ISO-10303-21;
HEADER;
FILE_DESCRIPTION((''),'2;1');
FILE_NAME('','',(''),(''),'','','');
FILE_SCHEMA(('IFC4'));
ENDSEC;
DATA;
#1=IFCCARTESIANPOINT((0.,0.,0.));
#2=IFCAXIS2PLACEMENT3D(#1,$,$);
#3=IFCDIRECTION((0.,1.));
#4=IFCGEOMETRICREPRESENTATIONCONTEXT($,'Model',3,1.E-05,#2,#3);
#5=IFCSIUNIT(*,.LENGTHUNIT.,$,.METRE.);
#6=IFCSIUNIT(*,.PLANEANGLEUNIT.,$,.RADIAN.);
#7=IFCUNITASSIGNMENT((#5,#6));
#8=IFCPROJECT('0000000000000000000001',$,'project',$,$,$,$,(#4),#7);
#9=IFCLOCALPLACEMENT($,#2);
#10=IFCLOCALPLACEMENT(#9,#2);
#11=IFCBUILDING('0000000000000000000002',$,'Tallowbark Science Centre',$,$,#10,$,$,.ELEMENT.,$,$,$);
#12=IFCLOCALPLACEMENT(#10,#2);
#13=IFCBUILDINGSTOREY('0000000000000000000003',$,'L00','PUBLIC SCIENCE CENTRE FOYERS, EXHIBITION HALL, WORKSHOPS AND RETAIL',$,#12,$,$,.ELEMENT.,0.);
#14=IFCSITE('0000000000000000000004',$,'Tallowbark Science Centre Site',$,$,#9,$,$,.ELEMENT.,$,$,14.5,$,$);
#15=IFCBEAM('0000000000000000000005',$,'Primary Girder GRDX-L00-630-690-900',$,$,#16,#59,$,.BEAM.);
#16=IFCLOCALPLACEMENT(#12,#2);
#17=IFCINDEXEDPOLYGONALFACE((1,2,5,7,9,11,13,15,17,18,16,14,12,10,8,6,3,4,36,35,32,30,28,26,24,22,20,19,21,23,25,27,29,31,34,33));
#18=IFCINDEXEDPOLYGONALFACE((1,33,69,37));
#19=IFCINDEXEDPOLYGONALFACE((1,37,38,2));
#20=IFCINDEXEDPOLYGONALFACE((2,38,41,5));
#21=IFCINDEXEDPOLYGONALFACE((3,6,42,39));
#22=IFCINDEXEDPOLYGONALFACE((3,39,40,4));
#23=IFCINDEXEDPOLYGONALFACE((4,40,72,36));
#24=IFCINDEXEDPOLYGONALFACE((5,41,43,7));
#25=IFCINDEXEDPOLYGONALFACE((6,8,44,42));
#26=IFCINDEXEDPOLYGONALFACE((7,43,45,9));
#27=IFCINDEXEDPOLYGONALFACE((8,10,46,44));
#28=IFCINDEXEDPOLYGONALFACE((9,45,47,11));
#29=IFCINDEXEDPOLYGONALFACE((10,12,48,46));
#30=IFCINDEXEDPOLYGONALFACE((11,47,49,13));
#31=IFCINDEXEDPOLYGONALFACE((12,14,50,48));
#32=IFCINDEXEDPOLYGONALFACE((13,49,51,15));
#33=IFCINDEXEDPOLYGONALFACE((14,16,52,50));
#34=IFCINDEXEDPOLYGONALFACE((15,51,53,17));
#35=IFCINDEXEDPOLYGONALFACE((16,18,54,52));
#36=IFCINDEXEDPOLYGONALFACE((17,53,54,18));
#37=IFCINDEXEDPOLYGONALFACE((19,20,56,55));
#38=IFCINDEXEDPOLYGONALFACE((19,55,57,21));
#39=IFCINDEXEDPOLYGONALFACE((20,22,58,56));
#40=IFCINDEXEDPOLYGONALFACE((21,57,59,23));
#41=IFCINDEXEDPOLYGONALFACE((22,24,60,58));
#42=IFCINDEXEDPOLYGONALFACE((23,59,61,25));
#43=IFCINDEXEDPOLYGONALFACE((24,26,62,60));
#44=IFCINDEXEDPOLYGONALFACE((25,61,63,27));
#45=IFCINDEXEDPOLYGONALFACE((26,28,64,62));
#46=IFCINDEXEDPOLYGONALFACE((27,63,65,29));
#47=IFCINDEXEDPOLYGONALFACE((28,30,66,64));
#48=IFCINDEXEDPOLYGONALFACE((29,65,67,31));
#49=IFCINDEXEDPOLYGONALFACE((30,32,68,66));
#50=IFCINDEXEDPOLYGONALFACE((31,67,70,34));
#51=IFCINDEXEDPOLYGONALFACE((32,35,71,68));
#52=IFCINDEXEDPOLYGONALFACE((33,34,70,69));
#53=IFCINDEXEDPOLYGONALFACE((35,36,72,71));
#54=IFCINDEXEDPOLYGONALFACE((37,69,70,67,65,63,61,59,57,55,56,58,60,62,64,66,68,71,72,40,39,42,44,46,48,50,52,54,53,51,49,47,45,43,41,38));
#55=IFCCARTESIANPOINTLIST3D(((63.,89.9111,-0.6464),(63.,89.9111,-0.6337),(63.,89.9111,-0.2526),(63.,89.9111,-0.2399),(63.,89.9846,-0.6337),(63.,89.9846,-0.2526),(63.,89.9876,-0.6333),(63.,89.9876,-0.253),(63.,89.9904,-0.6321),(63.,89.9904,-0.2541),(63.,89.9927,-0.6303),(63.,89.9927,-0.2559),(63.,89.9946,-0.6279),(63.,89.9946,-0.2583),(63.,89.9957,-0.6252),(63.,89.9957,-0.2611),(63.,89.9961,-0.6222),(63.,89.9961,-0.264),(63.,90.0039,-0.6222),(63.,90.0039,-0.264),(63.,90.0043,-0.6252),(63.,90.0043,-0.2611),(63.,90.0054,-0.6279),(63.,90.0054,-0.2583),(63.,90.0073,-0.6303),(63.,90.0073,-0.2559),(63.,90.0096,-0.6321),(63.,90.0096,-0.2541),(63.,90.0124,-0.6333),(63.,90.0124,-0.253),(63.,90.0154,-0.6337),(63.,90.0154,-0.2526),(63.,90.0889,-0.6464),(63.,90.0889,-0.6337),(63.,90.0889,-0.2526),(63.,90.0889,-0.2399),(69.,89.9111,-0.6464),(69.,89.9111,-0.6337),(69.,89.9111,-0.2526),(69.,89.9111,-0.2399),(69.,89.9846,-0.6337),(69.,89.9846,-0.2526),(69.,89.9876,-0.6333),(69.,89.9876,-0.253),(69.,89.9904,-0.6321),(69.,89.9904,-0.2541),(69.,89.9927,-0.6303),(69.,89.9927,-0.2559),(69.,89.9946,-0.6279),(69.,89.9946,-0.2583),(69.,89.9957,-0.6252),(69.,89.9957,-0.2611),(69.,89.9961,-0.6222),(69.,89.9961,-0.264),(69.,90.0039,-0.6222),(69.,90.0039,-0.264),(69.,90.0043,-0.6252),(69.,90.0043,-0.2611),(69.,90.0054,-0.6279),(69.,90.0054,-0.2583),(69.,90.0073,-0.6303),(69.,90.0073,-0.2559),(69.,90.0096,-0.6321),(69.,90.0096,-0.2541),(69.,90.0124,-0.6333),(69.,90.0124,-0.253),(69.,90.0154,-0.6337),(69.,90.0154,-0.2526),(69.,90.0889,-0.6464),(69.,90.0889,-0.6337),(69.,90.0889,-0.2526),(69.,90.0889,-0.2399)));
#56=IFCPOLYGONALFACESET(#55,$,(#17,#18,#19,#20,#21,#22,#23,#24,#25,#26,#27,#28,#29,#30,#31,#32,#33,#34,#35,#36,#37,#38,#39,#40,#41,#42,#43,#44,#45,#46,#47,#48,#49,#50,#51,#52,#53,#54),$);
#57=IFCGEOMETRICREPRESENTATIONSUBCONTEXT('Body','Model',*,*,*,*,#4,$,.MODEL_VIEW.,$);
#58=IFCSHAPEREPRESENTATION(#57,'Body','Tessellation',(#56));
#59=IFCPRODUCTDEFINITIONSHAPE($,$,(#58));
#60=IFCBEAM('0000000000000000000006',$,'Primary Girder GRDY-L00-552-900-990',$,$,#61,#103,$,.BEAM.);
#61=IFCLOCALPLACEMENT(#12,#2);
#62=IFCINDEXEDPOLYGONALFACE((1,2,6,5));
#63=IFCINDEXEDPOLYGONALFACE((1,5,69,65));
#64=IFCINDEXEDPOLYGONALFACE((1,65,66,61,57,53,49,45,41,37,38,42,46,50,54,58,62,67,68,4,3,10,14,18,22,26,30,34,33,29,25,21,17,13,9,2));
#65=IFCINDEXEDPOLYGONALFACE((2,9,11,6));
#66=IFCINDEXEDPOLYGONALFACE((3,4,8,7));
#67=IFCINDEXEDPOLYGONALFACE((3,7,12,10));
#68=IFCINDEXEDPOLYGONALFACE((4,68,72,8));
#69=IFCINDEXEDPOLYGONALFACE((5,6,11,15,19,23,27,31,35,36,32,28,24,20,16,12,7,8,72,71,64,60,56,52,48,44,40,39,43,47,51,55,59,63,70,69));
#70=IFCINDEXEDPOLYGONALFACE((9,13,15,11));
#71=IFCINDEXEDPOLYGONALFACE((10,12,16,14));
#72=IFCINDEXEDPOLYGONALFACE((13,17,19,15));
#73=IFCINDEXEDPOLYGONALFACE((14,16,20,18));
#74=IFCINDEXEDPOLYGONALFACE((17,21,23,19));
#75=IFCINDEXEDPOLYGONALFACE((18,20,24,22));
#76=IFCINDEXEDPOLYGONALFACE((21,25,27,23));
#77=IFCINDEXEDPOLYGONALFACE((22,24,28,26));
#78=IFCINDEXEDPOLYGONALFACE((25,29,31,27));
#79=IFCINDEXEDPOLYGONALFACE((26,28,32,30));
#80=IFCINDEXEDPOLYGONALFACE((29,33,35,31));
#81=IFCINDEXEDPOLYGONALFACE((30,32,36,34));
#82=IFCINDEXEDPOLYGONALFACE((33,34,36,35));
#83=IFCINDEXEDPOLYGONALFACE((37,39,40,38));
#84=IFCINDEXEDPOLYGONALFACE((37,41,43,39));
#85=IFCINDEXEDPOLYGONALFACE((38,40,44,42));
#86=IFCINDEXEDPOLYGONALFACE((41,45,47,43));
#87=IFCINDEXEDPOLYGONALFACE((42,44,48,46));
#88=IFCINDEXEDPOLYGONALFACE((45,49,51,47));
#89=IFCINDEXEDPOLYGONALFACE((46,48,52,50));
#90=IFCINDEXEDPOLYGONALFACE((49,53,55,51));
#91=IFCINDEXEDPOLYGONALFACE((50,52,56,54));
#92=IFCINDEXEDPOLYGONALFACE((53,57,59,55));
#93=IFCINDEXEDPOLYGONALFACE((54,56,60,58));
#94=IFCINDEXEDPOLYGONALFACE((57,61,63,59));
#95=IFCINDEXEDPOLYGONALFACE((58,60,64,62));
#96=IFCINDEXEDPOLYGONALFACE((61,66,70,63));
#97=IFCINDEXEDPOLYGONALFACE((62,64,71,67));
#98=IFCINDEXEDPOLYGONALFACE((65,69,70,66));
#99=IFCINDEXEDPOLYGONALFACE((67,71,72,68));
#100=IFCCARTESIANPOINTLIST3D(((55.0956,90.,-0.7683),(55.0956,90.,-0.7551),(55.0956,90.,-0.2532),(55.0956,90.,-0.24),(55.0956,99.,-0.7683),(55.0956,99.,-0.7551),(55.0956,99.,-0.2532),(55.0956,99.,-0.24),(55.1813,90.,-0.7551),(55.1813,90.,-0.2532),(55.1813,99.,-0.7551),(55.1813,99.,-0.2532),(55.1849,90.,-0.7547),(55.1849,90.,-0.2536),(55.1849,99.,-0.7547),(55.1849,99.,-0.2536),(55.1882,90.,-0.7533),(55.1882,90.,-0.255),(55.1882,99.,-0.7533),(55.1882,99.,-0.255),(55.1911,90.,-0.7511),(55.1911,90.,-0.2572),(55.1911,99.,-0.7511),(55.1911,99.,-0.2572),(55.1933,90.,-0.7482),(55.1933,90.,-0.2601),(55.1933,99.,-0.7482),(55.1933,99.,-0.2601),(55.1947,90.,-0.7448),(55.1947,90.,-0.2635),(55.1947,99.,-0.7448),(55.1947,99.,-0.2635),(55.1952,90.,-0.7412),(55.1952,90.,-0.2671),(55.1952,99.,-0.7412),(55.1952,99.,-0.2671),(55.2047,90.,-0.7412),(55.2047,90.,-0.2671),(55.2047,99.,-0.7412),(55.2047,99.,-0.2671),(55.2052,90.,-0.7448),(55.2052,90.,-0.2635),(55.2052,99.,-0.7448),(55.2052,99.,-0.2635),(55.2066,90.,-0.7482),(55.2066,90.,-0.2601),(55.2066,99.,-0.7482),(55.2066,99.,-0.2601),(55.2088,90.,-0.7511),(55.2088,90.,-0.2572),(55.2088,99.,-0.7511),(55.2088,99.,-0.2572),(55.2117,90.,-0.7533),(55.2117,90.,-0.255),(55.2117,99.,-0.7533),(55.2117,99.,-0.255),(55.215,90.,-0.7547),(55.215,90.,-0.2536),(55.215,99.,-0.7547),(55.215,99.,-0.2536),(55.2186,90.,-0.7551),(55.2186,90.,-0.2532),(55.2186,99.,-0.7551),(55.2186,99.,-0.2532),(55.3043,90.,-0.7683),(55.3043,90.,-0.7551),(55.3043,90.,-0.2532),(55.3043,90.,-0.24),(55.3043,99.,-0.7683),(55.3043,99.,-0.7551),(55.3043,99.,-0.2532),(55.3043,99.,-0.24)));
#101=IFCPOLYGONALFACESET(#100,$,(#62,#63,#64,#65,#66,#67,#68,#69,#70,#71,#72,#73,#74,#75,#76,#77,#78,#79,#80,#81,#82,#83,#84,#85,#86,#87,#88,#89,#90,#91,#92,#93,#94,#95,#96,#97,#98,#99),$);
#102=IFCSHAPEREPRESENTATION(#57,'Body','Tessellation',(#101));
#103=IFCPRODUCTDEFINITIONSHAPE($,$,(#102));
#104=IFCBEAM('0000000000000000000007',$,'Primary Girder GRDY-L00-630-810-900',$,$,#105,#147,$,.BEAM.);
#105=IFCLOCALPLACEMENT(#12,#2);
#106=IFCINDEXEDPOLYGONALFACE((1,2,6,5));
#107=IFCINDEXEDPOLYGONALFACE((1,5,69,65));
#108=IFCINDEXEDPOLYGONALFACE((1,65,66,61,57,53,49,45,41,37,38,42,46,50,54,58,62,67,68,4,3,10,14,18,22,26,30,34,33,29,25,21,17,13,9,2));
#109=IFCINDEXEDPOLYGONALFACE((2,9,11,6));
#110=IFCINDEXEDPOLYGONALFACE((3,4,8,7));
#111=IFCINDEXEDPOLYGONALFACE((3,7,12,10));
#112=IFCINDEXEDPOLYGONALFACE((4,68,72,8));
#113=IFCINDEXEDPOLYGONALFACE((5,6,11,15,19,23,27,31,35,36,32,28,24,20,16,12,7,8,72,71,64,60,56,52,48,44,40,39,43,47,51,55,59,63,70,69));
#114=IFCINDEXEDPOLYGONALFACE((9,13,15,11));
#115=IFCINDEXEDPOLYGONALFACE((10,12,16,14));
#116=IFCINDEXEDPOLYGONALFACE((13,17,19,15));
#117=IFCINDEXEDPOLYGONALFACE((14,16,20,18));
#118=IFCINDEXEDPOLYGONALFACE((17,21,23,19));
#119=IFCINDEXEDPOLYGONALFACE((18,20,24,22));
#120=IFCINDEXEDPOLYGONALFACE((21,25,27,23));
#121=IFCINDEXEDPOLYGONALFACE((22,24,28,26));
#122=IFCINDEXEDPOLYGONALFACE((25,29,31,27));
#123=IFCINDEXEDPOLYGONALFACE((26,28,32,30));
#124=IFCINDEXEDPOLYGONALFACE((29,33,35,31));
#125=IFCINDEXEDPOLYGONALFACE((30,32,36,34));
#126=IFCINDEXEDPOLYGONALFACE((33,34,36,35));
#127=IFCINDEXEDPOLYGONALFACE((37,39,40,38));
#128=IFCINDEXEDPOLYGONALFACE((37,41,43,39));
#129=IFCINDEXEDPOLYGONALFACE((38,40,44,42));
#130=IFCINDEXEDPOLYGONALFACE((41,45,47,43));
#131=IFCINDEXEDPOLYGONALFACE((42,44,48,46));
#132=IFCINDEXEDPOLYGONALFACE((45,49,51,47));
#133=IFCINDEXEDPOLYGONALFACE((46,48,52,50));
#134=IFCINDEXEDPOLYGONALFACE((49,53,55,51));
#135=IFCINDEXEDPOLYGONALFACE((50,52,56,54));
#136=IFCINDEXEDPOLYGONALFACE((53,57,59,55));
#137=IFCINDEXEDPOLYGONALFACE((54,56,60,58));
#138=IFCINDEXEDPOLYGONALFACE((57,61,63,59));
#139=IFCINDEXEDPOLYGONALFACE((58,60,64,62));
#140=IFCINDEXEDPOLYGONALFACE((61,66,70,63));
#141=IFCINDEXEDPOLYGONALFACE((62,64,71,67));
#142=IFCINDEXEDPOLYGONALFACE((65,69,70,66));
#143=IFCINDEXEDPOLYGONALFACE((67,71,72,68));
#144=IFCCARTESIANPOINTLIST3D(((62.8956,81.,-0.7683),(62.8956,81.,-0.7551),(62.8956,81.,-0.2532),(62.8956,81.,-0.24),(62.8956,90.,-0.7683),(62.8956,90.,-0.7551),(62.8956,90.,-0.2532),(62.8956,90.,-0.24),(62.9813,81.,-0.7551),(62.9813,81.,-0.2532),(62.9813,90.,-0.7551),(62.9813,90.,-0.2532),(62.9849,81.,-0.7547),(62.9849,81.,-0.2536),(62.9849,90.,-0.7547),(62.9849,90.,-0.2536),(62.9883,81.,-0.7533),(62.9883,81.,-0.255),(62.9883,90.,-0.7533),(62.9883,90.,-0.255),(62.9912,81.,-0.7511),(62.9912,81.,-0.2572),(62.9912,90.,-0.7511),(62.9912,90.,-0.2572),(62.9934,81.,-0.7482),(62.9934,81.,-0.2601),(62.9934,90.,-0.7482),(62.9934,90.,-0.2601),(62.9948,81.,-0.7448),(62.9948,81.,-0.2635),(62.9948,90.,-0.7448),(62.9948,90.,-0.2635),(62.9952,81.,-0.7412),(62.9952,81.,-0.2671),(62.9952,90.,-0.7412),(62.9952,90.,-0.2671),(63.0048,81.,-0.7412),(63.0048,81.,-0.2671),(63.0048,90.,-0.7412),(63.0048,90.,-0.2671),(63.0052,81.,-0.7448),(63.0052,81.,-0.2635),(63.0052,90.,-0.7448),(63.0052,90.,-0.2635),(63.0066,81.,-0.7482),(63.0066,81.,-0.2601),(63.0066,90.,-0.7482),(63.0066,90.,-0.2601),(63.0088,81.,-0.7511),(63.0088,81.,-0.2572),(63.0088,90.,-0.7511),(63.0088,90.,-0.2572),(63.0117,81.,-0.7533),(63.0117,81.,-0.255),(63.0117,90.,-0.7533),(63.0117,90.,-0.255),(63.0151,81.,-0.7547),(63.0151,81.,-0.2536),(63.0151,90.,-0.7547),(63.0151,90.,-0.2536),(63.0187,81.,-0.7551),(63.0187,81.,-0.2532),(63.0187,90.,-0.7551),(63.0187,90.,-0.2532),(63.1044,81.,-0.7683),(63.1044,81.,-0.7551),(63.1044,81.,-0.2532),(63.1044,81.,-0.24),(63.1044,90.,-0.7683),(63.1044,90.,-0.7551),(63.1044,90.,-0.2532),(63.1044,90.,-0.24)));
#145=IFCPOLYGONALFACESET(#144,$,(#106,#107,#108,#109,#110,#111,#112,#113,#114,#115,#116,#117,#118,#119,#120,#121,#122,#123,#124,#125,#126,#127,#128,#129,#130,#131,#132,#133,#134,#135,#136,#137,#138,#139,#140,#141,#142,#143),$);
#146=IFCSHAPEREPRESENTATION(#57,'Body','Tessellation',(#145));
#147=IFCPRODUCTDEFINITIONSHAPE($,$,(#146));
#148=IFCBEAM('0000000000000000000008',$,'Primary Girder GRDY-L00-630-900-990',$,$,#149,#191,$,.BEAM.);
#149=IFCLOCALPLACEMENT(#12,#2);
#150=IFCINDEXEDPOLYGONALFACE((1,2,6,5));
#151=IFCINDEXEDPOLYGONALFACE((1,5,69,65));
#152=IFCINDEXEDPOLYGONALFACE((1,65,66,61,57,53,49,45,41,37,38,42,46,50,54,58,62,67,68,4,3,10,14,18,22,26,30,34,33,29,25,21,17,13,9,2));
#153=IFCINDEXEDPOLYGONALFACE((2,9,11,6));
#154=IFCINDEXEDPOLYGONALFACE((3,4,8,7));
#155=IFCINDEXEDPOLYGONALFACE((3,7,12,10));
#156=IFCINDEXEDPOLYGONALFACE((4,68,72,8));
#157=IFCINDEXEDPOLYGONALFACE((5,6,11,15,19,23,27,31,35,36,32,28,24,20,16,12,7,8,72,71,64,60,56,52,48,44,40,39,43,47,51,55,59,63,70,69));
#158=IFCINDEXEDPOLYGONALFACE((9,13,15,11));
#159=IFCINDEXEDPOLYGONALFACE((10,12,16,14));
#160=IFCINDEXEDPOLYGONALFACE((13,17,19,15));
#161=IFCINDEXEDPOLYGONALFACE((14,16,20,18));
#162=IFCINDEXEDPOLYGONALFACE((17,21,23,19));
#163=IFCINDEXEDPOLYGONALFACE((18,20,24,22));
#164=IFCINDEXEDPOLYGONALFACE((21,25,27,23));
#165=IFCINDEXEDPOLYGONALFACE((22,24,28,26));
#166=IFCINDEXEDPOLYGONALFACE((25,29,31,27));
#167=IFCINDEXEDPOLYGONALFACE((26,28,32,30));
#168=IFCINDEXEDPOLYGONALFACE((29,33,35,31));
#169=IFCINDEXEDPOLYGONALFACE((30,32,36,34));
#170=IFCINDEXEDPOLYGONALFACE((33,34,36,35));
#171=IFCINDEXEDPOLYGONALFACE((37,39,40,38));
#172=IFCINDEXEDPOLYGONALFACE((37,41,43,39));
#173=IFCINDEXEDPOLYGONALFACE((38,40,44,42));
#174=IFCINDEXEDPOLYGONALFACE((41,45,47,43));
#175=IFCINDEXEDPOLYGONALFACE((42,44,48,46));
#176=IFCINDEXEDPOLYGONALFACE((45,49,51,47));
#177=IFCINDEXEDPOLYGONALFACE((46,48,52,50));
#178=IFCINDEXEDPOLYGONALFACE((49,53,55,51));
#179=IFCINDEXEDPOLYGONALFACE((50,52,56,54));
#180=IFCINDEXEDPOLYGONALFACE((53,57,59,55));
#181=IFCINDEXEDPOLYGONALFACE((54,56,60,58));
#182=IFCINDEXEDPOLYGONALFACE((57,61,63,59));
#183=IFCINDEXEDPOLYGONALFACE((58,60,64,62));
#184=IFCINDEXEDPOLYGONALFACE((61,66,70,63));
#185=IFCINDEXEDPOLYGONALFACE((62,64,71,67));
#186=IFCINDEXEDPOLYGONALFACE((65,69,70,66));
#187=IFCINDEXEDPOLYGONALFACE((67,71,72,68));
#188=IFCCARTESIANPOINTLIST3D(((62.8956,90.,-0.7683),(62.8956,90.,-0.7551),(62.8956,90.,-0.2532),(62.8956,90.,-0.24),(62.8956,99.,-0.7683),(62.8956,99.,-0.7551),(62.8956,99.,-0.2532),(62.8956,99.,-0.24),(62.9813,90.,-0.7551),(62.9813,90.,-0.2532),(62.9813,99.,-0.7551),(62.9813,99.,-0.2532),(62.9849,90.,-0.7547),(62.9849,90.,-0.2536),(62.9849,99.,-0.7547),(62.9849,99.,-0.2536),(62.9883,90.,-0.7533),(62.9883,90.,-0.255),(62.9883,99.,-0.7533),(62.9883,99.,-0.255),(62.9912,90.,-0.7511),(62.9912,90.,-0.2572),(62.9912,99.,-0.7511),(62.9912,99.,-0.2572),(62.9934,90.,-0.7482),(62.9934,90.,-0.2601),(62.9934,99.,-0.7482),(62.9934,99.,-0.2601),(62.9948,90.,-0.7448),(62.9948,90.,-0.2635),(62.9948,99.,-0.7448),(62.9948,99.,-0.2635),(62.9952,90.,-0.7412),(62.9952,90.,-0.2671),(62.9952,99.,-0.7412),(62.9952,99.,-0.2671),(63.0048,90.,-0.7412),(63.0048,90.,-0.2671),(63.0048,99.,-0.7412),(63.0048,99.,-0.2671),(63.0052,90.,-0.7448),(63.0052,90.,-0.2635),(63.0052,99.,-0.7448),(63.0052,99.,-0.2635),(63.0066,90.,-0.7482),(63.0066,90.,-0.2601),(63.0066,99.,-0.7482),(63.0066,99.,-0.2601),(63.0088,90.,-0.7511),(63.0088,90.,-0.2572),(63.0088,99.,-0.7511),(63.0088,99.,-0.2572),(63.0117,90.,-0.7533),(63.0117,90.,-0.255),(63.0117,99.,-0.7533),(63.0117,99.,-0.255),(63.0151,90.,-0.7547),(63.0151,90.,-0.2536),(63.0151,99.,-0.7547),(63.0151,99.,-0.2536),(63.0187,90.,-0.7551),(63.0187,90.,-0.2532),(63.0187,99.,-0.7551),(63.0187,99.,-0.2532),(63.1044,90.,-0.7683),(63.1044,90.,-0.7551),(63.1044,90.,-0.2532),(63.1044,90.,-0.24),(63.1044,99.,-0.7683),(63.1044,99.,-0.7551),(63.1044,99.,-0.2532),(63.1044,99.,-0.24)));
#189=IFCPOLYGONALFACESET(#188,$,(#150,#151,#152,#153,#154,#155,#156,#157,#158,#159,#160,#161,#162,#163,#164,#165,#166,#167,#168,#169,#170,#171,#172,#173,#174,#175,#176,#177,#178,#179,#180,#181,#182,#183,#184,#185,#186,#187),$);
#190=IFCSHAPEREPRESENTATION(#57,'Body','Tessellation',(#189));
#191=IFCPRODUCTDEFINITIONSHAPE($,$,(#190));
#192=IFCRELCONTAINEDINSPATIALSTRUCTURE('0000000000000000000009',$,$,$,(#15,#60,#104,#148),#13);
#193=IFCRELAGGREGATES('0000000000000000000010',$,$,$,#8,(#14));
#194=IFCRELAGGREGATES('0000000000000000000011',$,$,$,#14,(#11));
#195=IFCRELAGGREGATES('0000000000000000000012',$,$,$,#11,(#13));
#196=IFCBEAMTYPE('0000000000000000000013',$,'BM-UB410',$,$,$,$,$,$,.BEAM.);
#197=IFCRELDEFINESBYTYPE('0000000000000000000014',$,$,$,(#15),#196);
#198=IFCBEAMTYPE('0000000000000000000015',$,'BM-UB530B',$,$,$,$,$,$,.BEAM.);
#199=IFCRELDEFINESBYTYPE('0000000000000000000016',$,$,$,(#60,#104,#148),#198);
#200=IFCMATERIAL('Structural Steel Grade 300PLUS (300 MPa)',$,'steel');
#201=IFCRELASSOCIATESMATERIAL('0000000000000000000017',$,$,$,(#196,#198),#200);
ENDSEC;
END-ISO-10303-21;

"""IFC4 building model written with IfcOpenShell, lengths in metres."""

from ifc_helpers import new_model, si_unit, direction, frame, origin, origin_2d, place, context, subcontext, project, spatial, i_section, extrude, material, material_profile, profile_set, type_object, element, save


model = new_model("IFC4")

# Units and contexts
model_context = context("Model", 3, precision=1e-05, world=origin(), true_north=direction((0.0, 1.0)))
body_context = subcontext(model_context, "Body", "Model", "MODEL_VIEW")
ifc_project = project(units=[si_unit("LENGTHUNIT", "METRE"), si_unit("PLANEANGLEUNIT", "RADIAN")], contexts=[model_context])

# Site, building, storey
site_placement = place(None, origin())
site = spatial("IfcSite", under=ifc_project, at=site_placement, Name="Tallowbark Science Centre Site", CompositionType="ELEMENT", RefElevation=14.5)
building_placement = place(site_placement, origin())
building = spatial("IfcBuilding", under=site, at=building_placement, Name="Tallowbark Science Centre", CompositionType="ELEMENT")
storey_placement = place(building_placement, origin())
storey = spatial("IfcBuildingStorey", under=building, at=storey_placement, Name="L00", Description="PUBLIC SCIENCE CENTRE FOYERS, EXHIBITION HALL, WORKSHOPS AND RETAIL", CompositionType="ELEMENT", Elevation=0.0)

# Shared definitions
ifc_material_1 = material(Name="Structural Steel Grade 300PLUS (300 MPa)", Category="steel")

# Beams
ifc_material_profile_1 = material_profile(ifc_material_1, i_section(OverallWidth=0.1777, OverallDepth=0.4065, WebThickness=0.0078, FlangeThickness=0.0127, FilletRadius=0.0115, at=origin_2d()), Name="410UB59.7")
ifc_profile_set_1 = profile_set([ifc_material_profile_1], Name="Structural Steel Grade 300PLUS (300 MPa)")
beam_type_1 = type_object("IfcBeamType", Name="BM-UB410", PredefinedType="BEAM", material=ifc_profile_set_1)
beam_1_placement = place(storey_placement, frame((63.0, 90.0, -0.4431), z_axis=(1.0, 0.0, 0.0), x_axis=(0.0, 1.0, 0.0)))
element("IfcBeam", 1, at=beam_1_placement, inside=storey, type_object=beam_type_1, Name="Primary Girder GRDX-L00-630-690-900", PredefinedType="BEAM", context=body_context, shape_type="SweptSolid", body=[
    extrude(i_section(OverallWidth=0.1777, OverallDepth=0.4065, WebThickness=0.0078, FlangeThickness=0.0127, FilletRadius=0.0115, at=origin_2d()), origin(), (0.0, 0.0, 1.0), 6.0),
])
ifc_material_profile_2 = material_profile(ifc_material_1, i_section(OverallWidth=0.2087, OverallDepth=0.5283, WebThickness=0.0095, FlangeThickness=0.0132, FilletRadius=0.0139, at=origin_2d()), Name="530UB82.0")
ifc_profile_set_2 = profile_set([ifc_material_profile_2], Name="Structural Steel Grade 300PLUS (300 MPa)")
beam_type_2 = type_object("IfcBeamType", Name="BM-UB530B", PredefinedType="BEAM", material=ifc_profile_set_2)
for number, where, z_axis, x_axis, name in (
    (2, (55.2, 90.0, -0.5042), (0.0, 1.0, 0.0), (-1.0, 0.0, 0.0), "Primary Girder GRDY-L00-552-900-990"),
    (3, (63.0, 81.0, -0.5042), (0.0, 1.0, 0.0), (-1.0, 0.0, 0.0), "Primary Girder GRDY-L00-630-810-900"),
    (4, (63.0, 90.0, -0.5042), (0.0, 1.0, 0.0), (-1.0, 0.0, 0.0), "Primary Girder GRDY-L00-630-900-990"),
):
    element("IfcBeam", number, at=place(storey_placement, frame(where, z_axis=z_axis, x_axis=x_axis)), inside=storey, type_object=beam_type_2, Name=name, PredefinedType="BEAM", context=body_context, shape_type="SweptSolid", body=[
        extrude(i_section(OverallWidth=0.2087, OverallDepth=0.5283, WebThickness=0.0095, FlangeThickness=0.0132, FilletRadius=0.0139, at=origin_2d()), origin(), (0.0, 0.0, 1.0), 9.0),
    ])

save(model, "model.ifc")
